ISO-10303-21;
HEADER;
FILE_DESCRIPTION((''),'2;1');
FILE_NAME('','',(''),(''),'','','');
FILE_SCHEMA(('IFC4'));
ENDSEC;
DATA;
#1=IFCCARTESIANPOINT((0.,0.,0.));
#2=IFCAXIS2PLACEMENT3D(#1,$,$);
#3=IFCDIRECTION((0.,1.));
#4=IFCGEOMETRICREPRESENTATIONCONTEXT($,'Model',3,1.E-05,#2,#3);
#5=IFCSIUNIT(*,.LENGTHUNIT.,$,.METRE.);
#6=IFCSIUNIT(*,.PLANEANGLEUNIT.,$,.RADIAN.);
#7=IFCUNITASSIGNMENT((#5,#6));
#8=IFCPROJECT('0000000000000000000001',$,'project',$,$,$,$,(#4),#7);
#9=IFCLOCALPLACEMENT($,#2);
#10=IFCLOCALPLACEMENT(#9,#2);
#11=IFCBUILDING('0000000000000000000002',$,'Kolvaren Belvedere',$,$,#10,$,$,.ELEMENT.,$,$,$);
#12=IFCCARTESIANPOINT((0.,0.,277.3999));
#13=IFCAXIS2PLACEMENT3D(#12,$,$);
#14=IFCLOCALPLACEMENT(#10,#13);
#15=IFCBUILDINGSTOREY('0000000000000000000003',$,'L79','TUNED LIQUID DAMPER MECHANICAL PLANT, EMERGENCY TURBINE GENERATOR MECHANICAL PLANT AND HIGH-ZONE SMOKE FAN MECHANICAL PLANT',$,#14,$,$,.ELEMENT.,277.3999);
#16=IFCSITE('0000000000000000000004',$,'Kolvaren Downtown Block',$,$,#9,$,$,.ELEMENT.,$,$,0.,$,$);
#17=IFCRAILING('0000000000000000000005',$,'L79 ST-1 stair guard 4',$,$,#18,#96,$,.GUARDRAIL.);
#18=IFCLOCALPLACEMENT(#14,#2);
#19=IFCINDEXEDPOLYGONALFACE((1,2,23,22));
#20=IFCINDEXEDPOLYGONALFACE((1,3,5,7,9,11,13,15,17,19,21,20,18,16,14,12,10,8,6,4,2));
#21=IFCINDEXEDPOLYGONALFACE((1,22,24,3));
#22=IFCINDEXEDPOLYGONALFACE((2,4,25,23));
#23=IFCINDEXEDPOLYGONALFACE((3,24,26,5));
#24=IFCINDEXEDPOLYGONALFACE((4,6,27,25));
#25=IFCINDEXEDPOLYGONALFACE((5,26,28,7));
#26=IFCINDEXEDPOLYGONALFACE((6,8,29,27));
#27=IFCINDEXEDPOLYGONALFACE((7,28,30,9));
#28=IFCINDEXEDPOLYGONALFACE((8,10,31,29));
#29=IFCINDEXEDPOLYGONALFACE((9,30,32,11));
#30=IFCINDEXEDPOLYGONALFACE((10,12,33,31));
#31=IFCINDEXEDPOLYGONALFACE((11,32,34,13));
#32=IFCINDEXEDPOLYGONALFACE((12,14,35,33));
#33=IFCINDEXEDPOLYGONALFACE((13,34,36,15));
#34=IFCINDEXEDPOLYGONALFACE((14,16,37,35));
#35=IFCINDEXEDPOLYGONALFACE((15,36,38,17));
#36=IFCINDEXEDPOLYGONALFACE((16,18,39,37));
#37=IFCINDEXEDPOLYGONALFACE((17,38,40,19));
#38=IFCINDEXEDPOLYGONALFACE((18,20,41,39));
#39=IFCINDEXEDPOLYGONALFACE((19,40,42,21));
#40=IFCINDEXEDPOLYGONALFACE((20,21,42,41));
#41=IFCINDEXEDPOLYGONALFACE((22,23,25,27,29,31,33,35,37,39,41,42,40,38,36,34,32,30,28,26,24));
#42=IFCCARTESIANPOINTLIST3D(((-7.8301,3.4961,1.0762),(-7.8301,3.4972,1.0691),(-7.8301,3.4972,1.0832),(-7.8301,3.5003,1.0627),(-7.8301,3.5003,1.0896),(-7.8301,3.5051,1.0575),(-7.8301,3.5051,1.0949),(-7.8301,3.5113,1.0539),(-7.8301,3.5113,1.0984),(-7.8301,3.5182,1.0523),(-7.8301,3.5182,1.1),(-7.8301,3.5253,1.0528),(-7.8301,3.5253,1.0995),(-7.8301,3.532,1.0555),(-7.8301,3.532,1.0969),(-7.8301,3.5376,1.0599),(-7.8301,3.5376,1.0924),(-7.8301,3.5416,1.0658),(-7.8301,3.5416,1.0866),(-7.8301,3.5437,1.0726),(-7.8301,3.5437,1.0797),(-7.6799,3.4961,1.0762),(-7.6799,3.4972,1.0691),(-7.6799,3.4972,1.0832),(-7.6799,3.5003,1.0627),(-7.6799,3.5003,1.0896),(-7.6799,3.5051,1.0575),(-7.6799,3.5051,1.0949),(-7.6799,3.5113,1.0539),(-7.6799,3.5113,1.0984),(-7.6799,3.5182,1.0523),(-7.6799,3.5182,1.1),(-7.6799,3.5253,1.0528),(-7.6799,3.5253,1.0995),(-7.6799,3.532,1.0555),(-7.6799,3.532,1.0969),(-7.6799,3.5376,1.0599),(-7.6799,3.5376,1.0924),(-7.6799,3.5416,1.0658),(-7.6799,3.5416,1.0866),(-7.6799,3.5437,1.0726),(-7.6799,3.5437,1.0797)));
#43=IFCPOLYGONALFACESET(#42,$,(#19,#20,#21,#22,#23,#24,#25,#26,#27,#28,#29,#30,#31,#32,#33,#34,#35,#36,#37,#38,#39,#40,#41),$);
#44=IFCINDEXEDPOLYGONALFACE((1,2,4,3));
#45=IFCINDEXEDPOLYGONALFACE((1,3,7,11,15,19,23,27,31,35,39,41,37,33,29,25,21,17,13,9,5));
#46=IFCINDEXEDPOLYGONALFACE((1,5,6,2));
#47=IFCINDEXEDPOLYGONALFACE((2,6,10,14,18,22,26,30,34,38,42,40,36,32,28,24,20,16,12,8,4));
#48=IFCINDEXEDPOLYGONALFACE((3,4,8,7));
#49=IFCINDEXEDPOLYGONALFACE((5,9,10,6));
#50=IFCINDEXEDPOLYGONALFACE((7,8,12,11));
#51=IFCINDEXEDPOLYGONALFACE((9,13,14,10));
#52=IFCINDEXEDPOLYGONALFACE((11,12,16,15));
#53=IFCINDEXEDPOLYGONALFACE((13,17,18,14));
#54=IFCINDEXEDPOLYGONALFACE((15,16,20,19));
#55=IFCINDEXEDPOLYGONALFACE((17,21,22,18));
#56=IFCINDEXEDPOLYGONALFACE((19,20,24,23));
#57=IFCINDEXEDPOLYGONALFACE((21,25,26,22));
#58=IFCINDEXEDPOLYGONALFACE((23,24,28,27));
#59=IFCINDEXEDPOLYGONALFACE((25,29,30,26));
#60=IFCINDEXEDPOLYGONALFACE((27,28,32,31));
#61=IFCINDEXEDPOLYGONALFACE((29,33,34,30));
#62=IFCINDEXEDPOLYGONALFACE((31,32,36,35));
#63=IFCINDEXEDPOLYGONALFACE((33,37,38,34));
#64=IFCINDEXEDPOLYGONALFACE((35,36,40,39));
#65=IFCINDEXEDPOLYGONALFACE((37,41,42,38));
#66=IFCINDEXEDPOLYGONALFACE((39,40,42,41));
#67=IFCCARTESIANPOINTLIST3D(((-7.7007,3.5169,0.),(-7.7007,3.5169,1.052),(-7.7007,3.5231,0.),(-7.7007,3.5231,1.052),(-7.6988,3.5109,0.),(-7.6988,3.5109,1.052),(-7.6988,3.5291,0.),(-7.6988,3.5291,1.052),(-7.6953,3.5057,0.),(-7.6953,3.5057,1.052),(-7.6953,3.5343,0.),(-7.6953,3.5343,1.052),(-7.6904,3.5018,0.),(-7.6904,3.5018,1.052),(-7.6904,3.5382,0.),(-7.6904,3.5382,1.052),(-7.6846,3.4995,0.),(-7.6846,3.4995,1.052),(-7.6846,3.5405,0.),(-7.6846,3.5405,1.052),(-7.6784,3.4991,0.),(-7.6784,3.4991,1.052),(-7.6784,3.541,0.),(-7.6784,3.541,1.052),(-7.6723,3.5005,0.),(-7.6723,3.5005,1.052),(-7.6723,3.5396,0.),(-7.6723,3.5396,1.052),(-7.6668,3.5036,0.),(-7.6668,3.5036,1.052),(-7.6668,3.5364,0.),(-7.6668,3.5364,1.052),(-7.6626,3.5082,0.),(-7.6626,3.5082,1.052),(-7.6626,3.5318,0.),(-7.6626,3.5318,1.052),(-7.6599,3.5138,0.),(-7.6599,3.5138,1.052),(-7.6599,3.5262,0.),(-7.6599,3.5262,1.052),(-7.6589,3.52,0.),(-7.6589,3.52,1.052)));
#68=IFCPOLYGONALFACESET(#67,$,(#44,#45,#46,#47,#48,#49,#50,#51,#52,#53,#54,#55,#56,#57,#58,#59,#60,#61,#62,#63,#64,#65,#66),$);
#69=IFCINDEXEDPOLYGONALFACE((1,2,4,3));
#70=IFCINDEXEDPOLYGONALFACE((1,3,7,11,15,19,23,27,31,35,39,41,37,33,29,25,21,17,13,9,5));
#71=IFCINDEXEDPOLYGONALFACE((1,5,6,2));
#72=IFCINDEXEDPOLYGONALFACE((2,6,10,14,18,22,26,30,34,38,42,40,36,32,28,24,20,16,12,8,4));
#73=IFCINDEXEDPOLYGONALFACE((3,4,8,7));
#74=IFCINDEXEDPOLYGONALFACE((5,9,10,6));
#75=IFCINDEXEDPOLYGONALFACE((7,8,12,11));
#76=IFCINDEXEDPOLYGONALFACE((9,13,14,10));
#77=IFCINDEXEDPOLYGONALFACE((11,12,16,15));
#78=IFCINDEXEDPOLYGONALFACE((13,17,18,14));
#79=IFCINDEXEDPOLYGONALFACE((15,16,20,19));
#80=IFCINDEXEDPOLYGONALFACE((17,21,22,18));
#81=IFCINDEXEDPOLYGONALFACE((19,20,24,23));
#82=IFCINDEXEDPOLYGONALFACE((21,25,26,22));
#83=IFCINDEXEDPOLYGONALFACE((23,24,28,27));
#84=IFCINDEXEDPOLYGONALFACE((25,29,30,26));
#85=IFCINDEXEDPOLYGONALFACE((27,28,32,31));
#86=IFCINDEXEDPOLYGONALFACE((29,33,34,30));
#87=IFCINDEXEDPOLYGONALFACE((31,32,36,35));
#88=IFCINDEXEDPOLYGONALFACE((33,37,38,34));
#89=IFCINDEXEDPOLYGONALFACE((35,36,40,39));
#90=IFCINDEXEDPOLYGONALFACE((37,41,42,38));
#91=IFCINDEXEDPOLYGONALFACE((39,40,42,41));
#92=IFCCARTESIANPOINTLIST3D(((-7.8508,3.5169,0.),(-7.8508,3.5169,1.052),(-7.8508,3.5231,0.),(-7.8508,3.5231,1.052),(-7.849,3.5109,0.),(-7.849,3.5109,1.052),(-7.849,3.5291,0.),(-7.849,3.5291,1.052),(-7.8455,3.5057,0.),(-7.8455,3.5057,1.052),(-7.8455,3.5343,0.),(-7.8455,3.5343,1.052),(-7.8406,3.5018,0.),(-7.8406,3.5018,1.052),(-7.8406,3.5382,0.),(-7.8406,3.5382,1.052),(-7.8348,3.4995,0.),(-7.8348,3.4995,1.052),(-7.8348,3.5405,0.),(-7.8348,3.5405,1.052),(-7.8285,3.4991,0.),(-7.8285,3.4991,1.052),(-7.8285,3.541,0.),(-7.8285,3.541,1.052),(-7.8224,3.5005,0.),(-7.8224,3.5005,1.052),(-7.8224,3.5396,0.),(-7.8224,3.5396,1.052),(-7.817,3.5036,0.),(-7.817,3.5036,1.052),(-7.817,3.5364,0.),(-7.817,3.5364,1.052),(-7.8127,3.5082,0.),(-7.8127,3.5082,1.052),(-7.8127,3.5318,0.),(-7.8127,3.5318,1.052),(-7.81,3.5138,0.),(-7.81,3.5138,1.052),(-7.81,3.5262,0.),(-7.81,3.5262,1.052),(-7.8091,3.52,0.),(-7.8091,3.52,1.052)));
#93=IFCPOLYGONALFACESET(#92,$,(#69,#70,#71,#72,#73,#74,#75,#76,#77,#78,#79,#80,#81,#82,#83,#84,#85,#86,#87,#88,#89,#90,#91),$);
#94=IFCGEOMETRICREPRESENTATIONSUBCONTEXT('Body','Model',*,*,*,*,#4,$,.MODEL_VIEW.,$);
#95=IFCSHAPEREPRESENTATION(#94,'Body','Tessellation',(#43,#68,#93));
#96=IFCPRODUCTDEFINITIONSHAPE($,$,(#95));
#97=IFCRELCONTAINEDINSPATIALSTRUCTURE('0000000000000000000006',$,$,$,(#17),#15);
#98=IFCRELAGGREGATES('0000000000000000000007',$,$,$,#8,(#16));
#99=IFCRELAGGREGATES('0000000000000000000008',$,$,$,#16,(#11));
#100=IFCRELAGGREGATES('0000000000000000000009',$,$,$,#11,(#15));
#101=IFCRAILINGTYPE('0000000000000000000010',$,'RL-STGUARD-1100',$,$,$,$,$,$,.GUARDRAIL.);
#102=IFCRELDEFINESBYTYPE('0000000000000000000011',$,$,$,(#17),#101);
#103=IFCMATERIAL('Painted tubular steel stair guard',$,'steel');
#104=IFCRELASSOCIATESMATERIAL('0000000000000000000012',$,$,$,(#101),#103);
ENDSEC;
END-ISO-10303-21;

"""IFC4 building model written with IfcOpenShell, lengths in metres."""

from ifc_helpers import new_model, si_unit, direction, frame, origin, origin_2d, place, context, subcontext, project, spatial, circle, extrude, material, type_object, element, save


model = new_model("IFC4")

# Units and contexts
model_context = context("Model", 3, precision=1e-05, world=origin(), true_north=direction((0.0, 1.0)))
body_context = subcontext(model_context, "Body", "Model", "MODEL_VIEW")
ifc_project = project(units=[si_unit("LENGTHUNIT", "METRE"), si_unit("PLANEANGLEUNIT", "RADIAN")], contexts=[model_context])

# Site, building, storey
site_placement = place(None, origin())
site = spatial("IfcSite", under=ifc_project, at=site_placement, Name="Kolvaren Downtown Block", CompositionType="ELEMENT", RefElevation=0.0)
building_placement = place(site_placement, origin())
building = spatial("IfcBuilding", under=site, at=building_placement, Name="Kolvaren Belvedere", CompositionType="ELEMENT")
storey_placement = place(building_placement, frame((0.0, 0.0, 277.3999)))
storey = spatial("IfcBuildingStorey", under=building, at=storey_placement, Name="L79", Description="TUNED LIQUID DAMPER MECHANICAL PLANT, EMERGENCY TURBINE GENERATOR MECHANICAL PLANT AND HIGH-ZONE SMOKE FAN MECHANICAL PLANT", CompositionType="ELEMENT", Elevation=277.3999)

# Railing
ifc_material_1 = material(Name="Painted tubular steel stair guard", Category="steel")
railing_type_1 = type_object("IfcRailingType", Name="RL-STGUARD-1100", PredefinedType="GUARDRAIL", material=ifc_material_1)
railing_1_placement = place(storey_placement, frame((-7.6799, 3.52, 0.0)))
element("IfcRailing", 1, at=railing_1_placement, inside=storey, type_object=railing_type_1, Name="L79 ST-1 stair guard 4", PredefinedType="GUARDRAIL", context=body_context, shape_type="SweptSolid", body=[
    extrude(circle(Radius=0.0239, at=origin_2d()), frame((0.0, 0.0, 1.0762), z_axis=(-1.0, 0.0, 0.0), x_axis=(0.0, -1.0, 0.0)), (0.0, 0.0, 1.0), 0.1501),
    extrude(circle(Radius=0.021, at=origin_2d()), origin(), (0.0, 0.0, 1.0), 1.052),
    extrude(circle(Radius=0.021, at=origin_2d()), frame((-0.1501, 0.0, 0.0)), (0.0, 0.0, 1.0), 1.052),
])

save(model, "model.ifc")
